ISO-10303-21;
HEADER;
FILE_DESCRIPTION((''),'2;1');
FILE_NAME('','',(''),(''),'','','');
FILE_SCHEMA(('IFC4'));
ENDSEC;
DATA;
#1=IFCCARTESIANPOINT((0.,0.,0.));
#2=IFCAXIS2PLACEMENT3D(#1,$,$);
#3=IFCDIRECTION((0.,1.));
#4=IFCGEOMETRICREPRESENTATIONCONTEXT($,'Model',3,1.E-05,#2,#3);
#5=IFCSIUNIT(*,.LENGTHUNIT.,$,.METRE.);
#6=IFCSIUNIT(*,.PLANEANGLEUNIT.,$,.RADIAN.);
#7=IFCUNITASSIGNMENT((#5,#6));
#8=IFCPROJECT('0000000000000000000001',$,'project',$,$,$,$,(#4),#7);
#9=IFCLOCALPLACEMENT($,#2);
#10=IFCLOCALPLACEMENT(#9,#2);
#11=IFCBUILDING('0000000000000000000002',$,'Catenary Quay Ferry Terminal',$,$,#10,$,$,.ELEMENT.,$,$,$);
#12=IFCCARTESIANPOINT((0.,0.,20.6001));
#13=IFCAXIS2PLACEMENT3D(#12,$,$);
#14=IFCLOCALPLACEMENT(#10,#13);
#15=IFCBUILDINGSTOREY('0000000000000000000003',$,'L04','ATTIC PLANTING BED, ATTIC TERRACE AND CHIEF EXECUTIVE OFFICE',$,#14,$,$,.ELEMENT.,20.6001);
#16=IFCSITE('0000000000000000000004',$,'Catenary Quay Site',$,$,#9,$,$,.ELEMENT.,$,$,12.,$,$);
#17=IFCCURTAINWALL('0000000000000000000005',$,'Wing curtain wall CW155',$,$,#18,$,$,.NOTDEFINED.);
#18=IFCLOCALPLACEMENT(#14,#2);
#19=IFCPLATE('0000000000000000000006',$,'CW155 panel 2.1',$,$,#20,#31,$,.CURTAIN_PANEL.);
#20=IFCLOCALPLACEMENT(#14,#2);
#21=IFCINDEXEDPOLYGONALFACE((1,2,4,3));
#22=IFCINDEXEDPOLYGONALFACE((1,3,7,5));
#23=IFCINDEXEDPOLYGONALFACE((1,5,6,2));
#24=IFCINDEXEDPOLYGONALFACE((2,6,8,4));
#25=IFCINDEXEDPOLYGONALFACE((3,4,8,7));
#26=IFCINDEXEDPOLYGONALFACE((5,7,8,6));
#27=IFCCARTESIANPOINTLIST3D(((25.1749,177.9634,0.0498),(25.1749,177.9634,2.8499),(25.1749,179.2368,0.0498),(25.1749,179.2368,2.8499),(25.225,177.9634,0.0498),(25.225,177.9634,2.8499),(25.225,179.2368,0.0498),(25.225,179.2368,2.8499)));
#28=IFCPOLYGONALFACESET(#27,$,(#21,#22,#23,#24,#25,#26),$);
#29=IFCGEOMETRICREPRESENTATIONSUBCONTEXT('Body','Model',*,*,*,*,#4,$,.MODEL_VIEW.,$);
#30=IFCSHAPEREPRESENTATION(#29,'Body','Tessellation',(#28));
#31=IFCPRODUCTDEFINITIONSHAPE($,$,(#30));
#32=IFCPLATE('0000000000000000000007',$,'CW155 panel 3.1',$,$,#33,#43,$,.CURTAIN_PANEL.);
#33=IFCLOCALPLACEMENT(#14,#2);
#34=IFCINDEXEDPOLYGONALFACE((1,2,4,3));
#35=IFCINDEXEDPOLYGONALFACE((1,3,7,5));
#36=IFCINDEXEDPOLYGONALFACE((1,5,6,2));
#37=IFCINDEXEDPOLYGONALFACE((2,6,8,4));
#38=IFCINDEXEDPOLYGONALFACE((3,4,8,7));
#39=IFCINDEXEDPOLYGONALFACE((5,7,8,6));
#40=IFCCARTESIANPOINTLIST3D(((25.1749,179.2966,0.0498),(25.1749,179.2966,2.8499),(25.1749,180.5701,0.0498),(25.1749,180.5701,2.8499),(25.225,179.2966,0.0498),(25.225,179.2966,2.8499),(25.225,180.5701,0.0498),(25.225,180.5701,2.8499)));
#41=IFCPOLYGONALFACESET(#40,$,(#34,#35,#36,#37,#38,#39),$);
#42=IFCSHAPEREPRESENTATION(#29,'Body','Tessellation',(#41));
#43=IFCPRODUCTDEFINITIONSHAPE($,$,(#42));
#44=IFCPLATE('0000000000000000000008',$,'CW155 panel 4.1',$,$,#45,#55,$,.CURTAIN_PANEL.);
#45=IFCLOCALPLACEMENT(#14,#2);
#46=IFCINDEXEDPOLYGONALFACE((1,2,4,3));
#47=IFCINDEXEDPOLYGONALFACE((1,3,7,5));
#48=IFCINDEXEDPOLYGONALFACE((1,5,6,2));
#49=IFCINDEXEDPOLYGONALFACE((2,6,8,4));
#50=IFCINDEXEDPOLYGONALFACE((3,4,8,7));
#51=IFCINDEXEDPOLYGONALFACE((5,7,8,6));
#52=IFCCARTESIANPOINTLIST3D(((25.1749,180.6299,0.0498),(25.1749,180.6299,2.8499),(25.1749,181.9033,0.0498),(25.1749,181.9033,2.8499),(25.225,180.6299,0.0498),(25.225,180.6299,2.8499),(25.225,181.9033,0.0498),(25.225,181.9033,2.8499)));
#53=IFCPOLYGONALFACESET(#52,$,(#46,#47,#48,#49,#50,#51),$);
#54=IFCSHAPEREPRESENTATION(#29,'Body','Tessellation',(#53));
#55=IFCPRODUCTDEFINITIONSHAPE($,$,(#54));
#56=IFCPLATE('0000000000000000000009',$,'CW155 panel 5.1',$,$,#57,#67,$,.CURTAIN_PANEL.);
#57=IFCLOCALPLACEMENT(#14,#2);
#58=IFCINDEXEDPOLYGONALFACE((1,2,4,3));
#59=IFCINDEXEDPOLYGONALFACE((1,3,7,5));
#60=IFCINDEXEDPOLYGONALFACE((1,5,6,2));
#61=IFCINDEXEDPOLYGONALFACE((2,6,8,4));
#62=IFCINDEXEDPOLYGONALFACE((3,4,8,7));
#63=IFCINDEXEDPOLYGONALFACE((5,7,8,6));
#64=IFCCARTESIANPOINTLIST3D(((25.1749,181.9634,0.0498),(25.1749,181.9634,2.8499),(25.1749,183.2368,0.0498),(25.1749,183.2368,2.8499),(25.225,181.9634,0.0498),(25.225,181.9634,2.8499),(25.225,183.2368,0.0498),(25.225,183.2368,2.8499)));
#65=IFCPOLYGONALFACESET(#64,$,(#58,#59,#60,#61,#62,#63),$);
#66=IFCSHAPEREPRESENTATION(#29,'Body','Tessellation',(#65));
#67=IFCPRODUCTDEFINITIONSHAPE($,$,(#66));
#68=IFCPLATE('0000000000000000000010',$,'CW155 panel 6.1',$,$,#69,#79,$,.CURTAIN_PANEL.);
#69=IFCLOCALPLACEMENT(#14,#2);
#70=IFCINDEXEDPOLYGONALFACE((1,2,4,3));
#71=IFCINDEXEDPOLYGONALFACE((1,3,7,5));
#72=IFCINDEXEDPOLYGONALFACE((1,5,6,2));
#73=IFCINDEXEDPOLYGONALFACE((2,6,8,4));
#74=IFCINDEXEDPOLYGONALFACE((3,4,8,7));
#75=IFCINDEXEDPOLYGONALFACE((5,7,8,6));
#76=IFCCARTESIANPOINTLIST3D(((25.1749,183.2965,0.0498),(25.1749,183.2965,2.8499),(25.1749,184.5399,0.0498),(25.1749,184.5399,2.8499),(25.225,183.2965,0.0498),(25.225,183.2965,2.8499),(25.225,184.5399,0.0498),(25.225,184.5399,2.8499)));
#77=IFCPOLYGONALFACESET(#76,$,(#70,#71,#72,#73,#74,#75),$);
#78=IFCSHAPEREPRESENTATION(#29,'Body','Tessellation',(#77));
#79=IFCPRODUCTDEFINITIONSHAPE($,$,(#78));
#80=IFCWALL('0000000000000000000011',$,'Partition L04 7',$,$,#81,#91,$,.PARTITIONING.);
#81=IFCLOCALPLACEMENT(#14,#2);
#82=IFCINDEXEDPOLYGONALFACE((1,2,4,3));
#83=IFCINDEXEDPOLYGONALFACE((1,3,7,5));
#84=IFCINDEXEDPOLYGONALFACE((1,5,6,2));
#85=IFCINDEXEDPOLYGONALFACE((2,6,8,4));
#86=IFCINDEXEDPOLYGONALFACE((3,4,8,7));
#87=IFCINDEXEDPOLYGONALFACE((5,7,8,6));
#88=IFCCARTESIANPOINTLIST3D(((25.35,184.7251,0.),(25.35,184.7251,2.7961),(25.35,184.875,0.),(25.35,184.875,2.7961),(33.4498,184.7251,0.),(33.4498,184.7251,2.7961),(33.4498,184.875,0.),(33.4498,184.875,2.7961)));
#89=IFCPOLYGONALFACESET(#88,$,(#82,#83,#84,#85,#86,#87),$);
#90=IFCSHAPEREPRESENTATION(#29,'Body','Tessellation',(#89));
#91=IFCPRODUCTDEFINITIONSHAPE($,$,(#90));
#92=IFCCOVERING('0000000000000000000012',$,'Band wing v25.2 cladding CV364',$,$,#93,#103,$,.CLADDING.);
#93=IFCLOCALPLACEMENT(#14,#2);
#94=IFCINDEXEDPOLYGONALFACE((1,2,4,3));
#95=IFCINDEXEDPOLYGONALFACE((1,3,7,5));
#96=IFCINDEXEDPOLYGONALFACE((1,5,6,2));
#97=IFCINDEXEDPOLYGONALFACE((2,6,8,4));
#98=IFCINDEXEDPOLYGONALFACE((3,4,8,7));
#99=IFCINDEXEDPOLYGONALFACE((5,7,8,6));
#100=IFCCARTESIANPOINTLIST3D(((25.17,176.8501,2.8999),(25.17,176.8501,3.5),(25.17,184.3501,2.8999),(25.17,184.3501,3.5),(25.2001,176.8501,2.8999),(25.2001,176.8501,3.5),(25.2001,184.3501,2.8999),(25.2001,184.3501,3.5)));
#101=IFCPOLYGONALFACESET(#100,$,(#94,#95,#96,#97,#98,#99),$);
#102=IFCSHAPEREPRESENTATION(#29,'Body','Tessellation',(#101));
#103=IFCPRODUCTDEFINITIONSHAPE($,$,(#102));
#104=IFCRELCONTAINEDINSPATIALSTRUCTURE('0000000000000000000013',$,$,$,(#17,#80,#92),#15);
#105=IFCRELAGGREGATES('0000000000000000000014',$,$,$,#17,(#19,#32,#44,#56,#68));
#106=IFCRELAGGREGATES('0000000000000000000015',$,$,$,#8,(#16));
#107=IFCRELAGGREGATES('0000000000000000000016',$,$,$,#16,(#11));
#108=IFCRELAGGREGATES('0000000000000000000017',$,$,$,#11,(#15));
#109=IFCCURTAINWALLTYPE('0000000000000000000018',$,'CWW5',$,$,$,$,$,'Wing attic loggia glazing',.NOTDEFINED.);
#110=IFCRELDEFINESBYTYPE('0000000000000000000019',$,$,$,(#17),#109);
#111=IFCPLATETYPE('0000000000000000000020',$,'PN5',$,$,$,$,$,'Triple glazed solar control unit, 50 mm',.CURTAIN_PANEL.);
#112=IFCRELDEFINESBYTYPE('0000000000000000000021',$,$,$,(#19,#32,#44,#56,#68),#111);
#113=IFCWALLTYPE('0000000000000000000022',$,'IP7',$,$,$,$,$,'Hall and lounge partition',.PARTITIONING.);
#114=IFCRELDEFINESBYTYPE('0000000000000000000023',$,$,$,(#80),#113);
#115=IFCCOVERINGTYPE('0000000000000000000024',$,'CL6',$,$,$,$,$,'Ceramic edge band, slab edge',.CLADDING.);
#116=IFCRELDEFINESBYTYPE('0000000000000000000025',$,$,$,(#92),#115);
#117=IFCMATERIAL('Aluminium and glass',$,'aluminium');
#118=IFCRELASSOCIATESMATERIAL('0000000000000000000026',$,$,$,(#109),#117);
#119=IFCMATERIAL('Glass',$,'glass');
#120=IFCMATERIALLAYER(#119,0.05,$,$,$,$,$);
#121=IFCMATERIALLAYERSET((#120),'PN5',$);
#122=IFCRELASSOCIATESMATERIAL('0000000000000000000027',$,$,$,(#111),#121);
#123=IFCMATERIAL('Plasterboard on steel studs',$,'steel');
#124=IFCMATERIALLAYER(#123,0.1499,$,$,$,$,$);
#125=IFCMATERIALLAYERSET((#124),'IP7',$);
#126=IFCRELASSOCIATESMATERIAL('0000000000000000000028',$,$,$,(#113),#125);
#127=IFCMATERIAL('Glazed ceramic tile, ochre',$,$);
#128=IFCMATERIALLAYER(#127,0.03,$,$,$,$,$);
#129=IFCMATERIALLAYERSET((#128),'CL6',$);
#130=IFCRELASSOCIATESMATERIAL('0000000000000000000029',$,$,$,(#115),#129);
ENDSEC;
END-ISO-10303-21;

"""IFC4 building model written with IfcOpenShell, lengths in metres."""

from ifc_helpers import new_model, si_unit, direction, frame, frame_2d, origin, origin_2d, place, context, subcontext, project, spatial, rectangle, extrude, material, layer, layer_set, type_object, element, aggregate, save


model = new_model("IFC4")

# Units and contexts
model_context = context("Model", 3, precision=1e-05, world=origin(), true_north=direction((0.0, 1.0)))
body_context = subcontext(model_context, "Body", "Model", "MODEL_VIEW")
ifc_project = project(units=[si_unit("LENGTHUNIT", "METRE"), si_unit("PLANEANGLEUNIT", "RADIAN")], contexts=[model_context])

# Site, building, storey
site_placement = place(None, origin())
site = spatial("IfcSite", under=ifc_project, at=site_placement, Name="Catenary Quay Site", CompositionType="ELEMENT", RefElevation=12.0)
building_placement = place(site_placement, origin())
building = spatial("IfcBuilding", under=site, at=building_placement, Name="Catenary Quay Ferry Terminal", CompositionType="ELEMENT")
storey_placement = place(building_placement, frame((0.0, 0.0, 20.6001)))
storey = spatial("IfcBuildingStorey", under=building, at=storey_placement, Name="L04", Description="ATTIC PLANTING BED, ATTIC TERRACE AND CHIEF EXECUTIVE OFFICE", CompositionType="ELEMENT", Elevation=20.6001)

# Curtain wall
ifc_material_1 = material(Name="Aluminium and glass", Category="aluminium")
curtain_wall_type = type_object("IfcCurtainWallType", Name="CWW5", ElementType="Wing attic loggia glazing", PredefinedType="NOTDEFINED", material=ifc_material_1)
curtain_wall_placement = place(storey_placement, origin())
curtain_wall = element("IfcCurtainWall", 1, at=curtain_wall_placement, inside=storey, type_object=curtain_wall_type, Name="Wing curtain wall CW155", PredefinedType="NOTDEFINED")

# Plates
ifc_material_2 = material(Name="Glass", Category="glass")
ifc_layer_1 = layer(ifc_material_2, 0.05)
ifc_layer_set_1 = layer_set([ifc_layer_1], Name="PN5")
plate_type_1 = type_object("IfcPlateType", Name="PN5", ElementType="Triple glazed solar control unit, 50 mm", PredefinedType="CURTAIN_PANEL", material=ifc_layer_set_1)
plate_1_placement = place(storey_placement, frame((25.2, 178.6001, 0.0498), z_axis=(0.0, 0.0, 1.0), x_axis=(0.0, 1.0, 0.0)))
plate_1 = element("IfcPlate", 2, at=plate_1_placement, type_object=plate_type_1, Name="CW155 panel 2.1", PredefinedType="CURTAIN_PANEL", context=body_context, shape_type="SweptSolid", body=[
    extrude(rectangle(XDim=1.2734, YDim=0.05, at=origin_2d()), origin(), (0.0, 0.0, 1.0), 2.8),
])
plate_2_placement = place(storey_placement, frame((25.2, 179.9333, 0.0498), z_axis=(0.0, 0.0, 1.0), x_axis=(0.0, 1.0, 0.0)))
plate_2 = element("IfcPlate", 3, at=plate_2_placement, type_object=plate_type_1, Name="CW155 panel 3.1", PredefinedType="CURTAIN_PANEL", context=body_context, shape_type="SweptSolid", body=[
    extrude(rectangle(XDim=1.2734, YDim=0.05, at=origin_2d()), origin(), (0.0, 0.0, 1.0), 2.8),
])
plate_3_placement = place(storey_placement, frame((25.2, 181.2666, 0.0498), z_axis=(0.0, 0.0, 1.0), x_axis=(0.0, 1.0, 0.0)))
plate_3 = element("IfcPlate", 4, at=plate_3_placement, type_object=plate_type_1, Name="CW155 panel 4.1", PredefinedType="CURTAIN_PANEL", context=body_context, shape_type="SweptSolid", body=[
    extrude(rectangle(XDim=1.2734, YDim=0.05, at=origin_2d()), origin(), (0.0, 0.0, 1.0), 2.8),
])
plate_4_placement = place(storey_placement, frame((25.2, 182.6001, 0.0498), z_axis=(0.0, 0.0, 1.0), x_axis=(0.0, 1.0, 0.0)))
plate_4 = element("IfcPlate", 5, at=plate_4_placement, type_object=plate_type_1, Name="CW155 panel 5.1", PredefinedType="CURTAIN_PANEL", context=body_context, shape_type="SweptSolid", body=[
    extrude(rectangle(XDim=1.2734, YDim=0.05, at=origin_2d()), origin(), (0.0, 0.0, 1.0), 2.8),
])
plate_5_placement = place(storey_placement, frame((25.2, 183.9182, 0.0498), z_axis=(0.0, 0.0, 1.0), x_axis=(0.0, 1.0, 0.0)))
plate_5 = element("IfcPlate", 6, at=plate_5_placement, type_object=plate_type_1, Name="CW155 panel 6.1", PredefinedType="CURTAIN_PANEL", context=body_context, shape_type="SweptSolid", body=[
    extrude(rectangle(XDim=1.2434, YDim=0.05, at=origin_2d()), origin(), (0.0, 0.0, 1.0), 2.8),
])
aggregate(curtain_wall, [plate_1, plate_2, plate_3, plate_4, plate_5])

# Wall
ifc_material_3 = material(Name="Plasterboard on steel studs", Category="steel")
ifc_layer_2 = layer(ifc_material_3, 0.1499)
ifc_layer_set_2 = layer_set([ifc_layer_2], Name="IP7")
wall_type = type_object("IfcWallType", Name="IP7", ElementType="Hall and lounge partition", PredefinedType="PARTITIONING", material=ifc_layer_set_2)
wall_placement = place(storey_placement, frame((25.3501, 184.8, 0.0), z_axis=(0.0, 0.0, 1.0), x_axis=(1.0, 0.0, 0.0)))
element("IfcWall", 7, at=wall_placement, inside=storey, type_object=wall_type, Name="Partition L04 7", PredefinedType="PARTITIONING", context=body_context, shape_type="SweptSolid", body=[
    extrude(rectangle(XDim=8.0999, YDim=0.1499, at=frame_2d((4.0498, 0.0))), origin(), (0.0, 0.0, 1.0), 2.7961),
])

# Covering
ifc_material_4 = material(Name="Glazed ceramic tile, ochre")
ifc_layer_3 = layer(ifc_material_4, 0.03)
ifc_layer_set_3 = layer_set([ifc_layer_3], Name="CL6")
covering_type = type_object("IfcCoveringType", Name="CL6", ElementType="Ceramic edge band, slab edge", PredefinedType="CLADDING", material=ifc_layer_set_3)
covering_placement = place(storey_placement, frame((25.1851, 180.6001, 2.8999), z_axis=(0.0, 0.0, 1.0), x_axis=(1.0, 0.0, 0.0)))
element("IfcCovering", 8, at=covering_placement, inside=storey, type_object=covering_type, Name="Band wing v25.2 cladding CV364", PredefinedType="CLADDING", context=body_context, shape_type="SweptSolid", body=[
    extrude(rectangle(XDim=0.03, YDim=7.5, at=origin_2d()), origin(), (0.0, 0.0, 1.0), 0.6001),
])

save(model, "model.ifc")
